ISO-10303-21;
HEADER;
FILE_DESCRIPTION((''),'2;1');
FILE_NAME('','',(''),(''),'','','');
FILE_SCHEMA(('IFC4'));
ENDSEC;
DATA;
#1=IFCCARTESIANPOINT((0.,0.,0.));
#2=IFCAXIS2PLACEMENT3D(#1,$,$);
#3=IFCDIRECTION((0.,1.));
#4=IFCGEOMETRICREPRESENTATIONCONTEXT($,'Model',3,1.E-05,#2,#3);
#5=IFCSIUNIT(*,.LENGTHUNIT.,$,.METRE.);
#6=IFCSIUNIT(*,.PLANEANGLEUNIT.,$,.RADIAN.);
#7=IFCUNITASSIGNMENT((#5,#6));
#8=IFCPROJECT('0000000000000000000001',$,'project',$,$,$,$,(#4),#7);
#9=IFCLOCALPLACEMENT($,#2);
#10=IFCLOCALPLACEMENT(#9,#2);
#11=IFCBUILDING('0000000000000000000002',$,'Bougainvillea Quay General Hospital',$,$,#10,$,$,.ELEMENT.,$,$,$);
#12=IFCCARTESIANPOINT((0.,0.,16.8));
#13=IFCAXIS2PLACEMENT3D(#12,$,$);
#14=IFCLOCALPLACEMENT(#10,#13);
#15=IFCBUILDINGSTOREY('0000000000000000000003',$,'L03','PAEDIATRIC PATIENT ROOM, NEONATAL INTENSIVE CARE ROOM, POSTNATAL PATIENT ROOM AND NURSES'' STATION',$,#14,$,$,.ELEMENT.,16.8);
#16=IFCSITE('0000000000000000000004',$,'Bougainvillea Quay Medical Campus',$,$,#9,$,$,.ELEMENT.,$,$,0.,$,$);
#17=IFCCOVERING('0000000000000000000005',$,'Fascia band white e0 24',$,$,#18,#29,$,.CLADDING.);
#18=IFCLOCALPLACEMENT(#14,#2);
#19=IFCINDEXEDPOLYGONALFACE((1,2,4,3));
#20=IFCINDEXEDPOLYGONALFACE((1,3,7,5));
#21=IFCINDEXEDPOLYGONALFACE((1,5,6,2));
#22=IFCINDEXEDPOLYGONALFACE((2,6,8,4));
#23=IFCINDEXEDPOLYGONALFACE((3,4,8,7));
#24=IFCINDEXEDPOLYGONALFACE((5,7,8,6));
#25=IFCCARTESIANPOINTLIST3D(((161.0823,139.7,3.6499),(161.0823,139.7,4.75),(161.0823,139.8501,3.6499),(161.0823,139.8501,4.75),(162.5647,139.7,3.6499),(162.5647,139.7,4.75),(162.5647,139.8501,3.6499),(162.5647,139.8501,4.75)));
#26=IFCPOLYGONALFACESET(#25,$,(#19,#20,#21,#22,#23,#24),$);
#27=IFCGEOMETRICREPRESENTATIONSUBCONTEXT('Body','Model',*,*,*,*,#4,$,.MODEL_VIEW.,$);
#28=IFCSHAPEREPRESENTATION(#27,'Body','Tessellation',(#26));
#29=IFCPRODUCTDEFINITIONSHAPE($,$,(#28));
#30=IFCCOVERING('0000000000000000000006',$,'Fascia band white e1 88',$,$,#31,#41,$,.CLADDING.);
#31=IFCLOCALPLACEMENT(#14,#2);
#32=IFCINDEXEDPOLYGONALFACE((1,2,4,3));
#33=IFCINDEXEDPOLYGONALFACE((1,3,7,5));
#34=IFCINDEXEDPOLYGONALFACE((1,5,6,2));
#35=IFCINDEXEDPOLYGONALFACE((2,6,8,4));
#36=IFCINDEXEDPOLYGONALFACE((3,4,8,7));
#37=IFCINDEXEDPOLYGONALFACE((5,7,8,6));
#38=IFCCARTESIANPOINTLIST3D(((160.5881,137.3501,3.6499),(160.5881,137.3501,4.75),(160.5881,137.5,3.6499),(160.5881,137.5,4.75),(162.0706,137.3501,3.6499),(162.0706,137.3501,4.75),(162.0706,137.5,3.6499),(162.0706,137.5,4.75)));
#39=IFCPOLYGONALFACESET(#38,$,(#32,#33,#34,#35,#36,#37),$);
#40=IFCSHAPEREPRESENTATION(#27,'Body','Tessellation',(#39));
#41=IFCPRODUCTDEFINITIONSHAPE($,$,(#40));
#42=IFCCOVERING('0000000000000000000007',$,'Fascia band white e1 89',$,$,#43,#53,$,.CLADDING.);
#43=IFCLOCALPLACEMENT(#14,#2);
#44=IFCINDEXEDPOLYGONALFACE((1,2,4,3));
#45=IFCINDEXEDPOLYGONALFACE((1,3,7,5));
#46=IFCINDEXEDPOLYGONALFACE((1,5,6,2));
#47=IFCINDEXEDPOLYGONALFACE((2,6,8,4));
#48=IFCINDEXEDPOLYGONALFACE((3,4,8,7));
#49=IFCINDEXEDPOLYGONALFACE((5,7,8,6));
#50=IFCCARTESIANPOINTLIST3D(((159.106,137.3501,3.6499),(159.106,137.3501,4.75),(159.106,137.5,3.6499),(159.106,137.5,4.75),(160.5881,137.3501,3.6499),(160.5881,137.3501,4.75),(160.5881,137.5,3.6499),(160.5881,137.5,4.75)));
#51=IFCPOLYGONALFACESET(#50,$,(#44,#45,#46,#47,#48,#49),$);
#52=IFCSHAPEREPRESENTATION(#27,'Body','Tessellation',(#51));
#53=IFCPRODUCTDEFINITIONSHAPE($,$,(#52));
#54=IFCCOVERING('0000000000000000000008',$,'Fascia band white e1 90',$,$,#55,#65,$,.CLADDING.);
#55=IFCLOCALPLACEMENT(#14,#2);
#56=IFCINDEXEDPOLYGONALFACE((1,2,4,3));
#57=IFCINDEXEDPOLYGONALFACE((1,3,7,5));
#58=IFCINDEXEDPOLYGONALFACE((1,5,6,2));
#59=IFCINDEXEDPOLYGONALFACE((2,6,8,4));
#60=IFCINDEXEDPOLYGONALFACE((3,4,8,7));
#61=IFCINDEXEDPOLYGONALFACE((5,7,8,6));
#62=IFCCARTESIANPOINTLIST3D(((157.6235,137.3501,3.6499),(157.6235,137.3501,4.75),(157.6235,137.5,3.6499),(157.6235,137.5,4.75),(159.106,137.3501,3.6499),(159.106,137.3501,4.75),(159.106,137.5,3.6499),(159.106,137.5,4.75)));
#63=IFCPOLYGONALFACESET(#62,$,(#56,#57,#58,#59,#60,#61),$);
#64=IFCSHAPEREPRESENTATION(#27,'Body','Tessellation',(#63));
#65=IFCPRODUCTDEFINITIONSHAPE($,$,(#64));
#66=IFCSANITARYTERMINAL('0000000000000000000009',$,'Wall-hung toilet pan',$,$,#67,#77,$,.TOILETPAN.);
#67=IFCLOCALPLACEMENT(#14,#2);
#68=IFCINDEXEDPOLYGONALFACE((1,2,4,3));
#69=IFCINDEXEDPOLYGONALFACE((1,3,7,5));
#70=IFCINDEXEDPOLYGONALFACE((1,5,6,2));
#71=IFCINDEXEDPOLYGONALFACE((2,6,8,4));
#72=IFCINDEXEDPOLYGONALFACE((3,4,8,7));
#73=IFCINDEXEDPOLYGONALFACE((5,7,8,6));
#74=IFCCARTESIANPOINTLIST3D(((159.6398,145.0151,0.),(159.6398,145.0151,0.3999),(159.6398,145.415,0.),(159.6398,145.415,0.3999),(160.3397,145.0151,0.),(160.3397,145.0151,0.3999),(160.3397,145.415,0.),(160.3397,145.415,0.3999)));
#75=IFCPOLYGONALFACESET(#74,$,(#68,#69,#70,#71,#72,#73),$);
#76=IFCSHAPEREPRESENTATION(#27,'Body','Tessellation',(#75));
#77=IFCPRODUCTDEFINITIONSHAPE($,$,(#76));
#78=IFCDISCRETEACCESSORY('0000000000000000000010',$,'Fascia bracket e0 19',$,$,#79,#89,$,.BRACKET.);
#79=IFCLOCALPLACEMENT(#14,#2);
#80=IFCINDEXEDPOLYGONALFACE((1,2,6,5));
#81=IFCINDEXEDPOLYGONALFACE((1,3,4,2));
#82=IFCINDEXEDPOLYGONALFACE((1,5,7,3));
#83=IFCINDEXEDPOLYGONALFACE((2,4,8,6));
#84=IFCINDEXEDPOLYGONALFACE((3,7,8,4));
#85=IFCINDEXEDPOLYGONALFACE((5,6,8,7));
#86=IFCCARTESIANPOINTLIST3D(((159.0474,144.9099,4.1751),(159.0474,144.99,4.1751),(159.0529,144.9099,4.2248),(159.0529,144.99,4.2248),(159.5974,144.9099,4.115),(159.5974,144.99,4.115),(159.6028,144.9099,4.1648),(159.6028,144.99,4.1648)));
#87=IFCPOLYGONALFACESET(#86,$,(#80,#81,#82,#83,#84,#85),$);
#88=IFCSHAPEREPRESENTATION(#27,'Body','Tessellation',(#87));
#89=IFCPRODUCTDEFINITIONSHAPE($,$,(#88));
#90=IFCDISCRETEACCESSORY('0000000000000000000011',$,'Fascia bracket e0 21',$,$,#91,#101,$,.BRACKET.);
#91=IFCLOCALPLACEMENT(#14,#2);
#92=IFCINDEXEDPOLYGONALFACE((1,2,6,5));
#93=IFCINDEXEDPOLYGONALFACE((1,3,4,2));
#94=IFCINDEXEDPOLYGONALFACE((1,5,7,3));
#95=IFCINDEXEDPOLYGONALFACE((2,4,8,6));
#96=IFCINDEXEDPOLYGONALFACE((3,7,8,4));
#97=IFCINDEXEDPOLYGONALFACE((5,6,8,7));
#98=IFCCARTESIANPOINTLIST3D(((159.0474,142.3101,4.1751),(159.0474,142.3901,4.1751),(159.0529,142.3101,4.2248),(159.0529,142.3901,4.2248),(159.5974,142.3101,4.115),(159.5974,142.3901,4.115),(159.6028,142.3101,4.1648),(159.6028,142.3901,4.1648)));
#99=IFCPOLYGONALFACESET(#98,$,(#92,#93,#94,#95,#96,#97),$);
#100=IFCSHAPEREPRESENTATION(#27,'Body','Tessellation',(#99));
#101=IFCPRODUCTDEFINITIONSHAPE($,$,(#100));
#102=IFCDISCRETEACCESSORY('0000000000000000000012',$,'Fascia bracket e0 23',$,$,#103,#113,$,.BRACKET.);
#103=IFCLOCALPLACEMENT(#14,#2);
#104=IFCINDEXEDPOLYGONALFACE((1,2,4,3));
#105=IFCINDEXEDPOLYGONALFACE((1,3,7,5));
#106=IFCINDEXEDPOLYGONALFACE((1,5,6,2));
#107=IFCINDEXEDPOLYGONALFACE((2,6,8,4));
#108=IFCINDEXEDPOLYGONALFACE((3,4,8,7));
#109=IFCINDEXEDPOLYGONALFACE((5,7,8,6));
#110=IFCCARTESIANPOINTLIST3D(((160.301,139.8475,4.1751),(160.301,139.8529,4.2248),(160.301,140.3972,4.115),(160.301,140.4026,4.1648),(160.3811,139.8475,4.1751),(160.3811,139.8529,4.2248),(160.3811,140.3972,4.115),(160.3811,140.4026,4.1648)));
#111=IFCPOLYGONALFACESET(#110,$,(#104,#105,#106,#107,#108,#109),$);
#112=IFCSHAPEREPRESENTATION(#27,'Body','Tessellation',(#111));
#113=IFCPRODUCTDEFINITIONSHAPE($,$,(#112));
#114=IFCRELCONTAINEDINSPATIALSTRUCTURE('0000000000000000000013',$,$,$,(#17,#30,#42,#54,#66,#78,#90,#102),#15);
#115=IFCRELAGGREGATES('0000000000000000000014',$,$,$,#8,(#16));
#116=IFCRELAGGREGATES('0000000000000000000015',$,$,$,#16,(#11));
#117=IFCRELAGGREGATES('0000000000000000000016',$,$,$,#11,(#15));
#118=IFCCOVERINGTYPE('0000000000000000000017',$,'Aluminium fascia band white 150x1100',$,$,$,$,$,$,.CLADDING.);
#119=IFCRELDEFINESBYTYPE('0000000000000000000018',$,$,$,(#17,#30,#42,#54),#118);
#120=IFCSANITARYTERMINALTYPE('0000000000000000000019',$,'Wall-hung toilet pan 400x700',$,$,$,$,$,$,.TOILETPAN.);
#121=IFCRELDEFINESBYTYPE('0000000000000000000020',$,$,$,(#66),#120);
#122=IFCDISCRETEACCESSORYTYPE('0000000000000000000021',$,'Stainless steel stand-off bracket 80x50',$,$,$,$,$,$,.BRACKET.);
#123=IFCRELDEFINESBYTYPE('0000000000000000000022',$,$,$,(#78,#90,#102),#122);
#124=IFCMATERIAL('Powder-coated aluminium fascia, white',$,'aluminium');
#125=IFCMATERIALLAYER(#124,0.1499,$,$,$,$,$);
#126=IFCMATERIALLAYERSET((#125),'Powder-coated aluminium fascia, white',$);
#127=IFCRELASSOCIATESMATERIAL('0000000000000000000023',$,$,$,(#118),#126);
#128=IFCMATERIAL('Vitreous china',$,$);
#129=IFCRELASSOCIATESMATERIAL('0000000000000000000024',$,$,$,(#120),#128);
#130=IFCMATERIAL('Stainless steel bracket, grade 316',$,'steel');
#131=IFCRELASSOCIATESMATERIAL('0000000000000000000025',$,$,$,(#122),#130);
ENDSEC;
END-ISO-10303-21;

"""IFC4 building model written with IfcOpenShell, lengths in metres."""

from ifc_helpers import new_model, si_unit, direction, frame, origin, origin_2d, place, context, subcontext, project, spatial, polyline, rectangle, outline, extrude, material, layer, layer_set, material_profile, profile_set, type_object, element, save


model = new_model("IFC4")

# Units and contexts
model_context = context("Model", 3, precision=1e-05, world=origin(), true_north=direction((0.0, 1.0)))
body_context = subcontext(model_context, "Body", "Model", "MODEL_VIEW")
ifc_project = project(units=[si_unit("LENGTHUNIT", "METRE"), si_unit("PLANEANGLEUNIT", "RADIAN")], contexts=[model_context])

# Site, building, storey
site_placement = place(None, origin())
site = spatial("IfcSite", under=ifc_project, at=site_placement, Name="Bougainvillea Quay Medical Campus", CompositionType="ELEMENT", RefElevation=0.0)
building_placement = place(site_placement, origin())
building = spatial("IfcBuilding", under=site, at=building_placement, Name="Bougainvillea Quay General Hospital", CompositionType="ELEMENT")
storey_placement = place(building_placement, frame((0.0, 0.0, 16.8)))
storey = spatial("IfcBuildingStorey", under=building, at=storey_placement, Name="L03", Description="PAEDIATRIC PATIENT ROOM, NEONATAL INTENSIVE CARE ROOM, POSTNATAL PATIENT ROOM AND NURSES' STATION", CompositionType="ELEMENT", Elevation=16.8)

# Coverings
ifc_material_1 = material(Name="Powder-coated aluminium fascia, white", Category="aluminium")
ifc_layer_1 = layer(ifc_material_1, 0.1499)
ifc_layer_set_1 = layer_set([ifc_layer_1], Name="Powder-coated aluminium fascia, white")
covering_type = type_object("IfcCoveringType", Name="Aluminium fascia band white 150x1100", PredefinedType="CLADDING", material=ifc_layer_set_1)
covering_1_placement = place(storey_placement, frame((161.0823, 139.8501, 3.6499), z_axis=(0.0, 0.0, 1.0), x_axis=(1.0, 0.0, 0.0)))
element("IfcCovering", 1, at=covering_1_placement, inside=storey, type_object=covering_type, Name="Fascia band white e0 24", PredefinedType="CLADDING", context=body_context, shape_type="SweptSolid", body=[
    extrude(outline(polyline([(0.0, 0.0), (1.4824, 0.0), (1.4824, -0.1501), (0.0, -0.1501), (0.0, 0.0)])), origin(), (0.0, 0.0, 1.0), 1.1001),
])
covering_2_placement = place(storey_placement, frame((162.0706, 137.3501, 3.6499), z_axis=(0.0, 0.0, 1.0), x_axis=(-1.0, 0.0, 0.0)))
element("IfcCovering", 2, at=covering_2_placement, inside=storey, type_object=covering_type, Name="Fascia band white e1 88", PredefinedType="CLADDING", context=body_context, shape_type="SweptSolid", body=[
    extrude(outline(polyline([(0.0, 0.0), (1.4824, 0.0), (1.4824, -0.1499), (0.0, -0.1499), (0.0, 0.0)])), origin(), (0.0, 0.0, 1.0), 1.1001),
])
covering_3_placement = place(storey_placement, frame((160.5881, 137.3501, 3.6499), z_axis=(0.0, 0.0, 1.0), x_axis=(-1.0, 0.0, 0.0)))
element("IfcCovering", 3, at=covering_3_placement, inside=storey, type_object=covering_type, Name="Fascia band white e1 89", PredefinedType="CLADDING", context=body_context, shape_type="SweptSolid", body=[
    extrude(outline(polyline([(0.0, 0.0), (1.4822, 0.0), (1.4822, -0.1499), (0.0, -0.1499), (0.0, 0.0)])), origin(), (0.0, 0.0, 1.0), 1.1001),
])
covering_4_placement = place(storey_placement, frame((159.106, 137.3501, 3.6499), z_axis=(0.0, 0.0, 1.0), x_axis=(-1.0, 0.0, 0.0)))
element("IfcCovering", 4, at=covering_4_placement, inside=storey, type_object=covering_type, Name="Fascia band white e1 90", PredefinedType="CLADDING", context=body_context, shape_type="SweptSolid", body=[
    extrude(outline(polyline([(0.0, 0.0), (1.4824, 0.0), (1.4824, -0.1499), (0.0, -0.1499), (0.0, 0.0)])), origin(), (0.0, 0.0, 1.0), 1.1001),
])

# Sanitary terminal
ifc_material_2 = material(Name="Vitreous china")
sanitary_terminal_type = type_object("IfcSanitaryTerminalType", Name="Wall-hung toilet pan 400x700", PredefinedType="TOILETPAN", material=ifc_material_2)
sanitary_terminal_placement = place(storey_placement, frame((159.9897, 145.2151, 0.0), z_axis=(0.0, 0.0, 1.0), x_axis=(0.0, 1.0, 0.0)))
element("IfcSanitaryTerminal", 5, at=sanitary_terminal_placement, inside=storey, type_object=sanitary_terminal_type, Name="Wall-hung toilet pan", PredefinedType="TOILETPAN", context=body_context, shape_type="SweptSolid", body=[
    extrude(rectangle(XDim=0.3999, YDim=0.7, at=origin_2d()), origin(), (0.0, 0.0, 1.0), 0.3999),
])

# Discrete accessories
ifc_material_3 = material(Name="Stainless steel bracket, grade 316", Category="steel")
ifc_material_profile_1 = material_profile(ifc_material_3, rectangle(XDim=0.0801, YDim=0.05, at=origin_2d()))
ifc_profile_set_1 = profile_set([ifc_material_profile_1], Name="Stainless steel bracket, grade 316")
discrete_accessory_type = type_object("IfcDiscreteAccessoryType", Name="Stainless steel stand-off bracket 80x50", PredefinedType="BRACKET", material=ifc_profile_set_1)
for number, where, z_axis, x_axis, name in (
    (6, (159.6001, 144.95, 4.1399), (-0.994092, 0.0, 0.108543), (0.0, -1.0, 0.0), "Fascia bracket e0 19"),
    (7, (159.6001, 142.3501, 4.1399), (-0.994092, 0.0, 0.108543), (0.0, -1.0, 0.0), "Fascia bracket e0 21"),
):
    element("IfcDiscreteAccessory", number, at=place(storey_placement, frame(where, z_axis=z_axis, x_axis=x_axis)), inside=storey, type_object=discrete_accessory_type, Name=name, PredefinedType="BRACKET", context=body_context, shape_type="SweptSolid", body=[
        extrude(rectangle(XDim=0.0801, YDim=0.05, at=origin_2d()), origin(), (0.0, 0.0, 1.0), 0.5532),
    ])
discrete_accessory_placement = place(storey_placement, frame((160.3411, 140.3999, 4.1399), z_axis=(0.0, -0.994087, 0.10859), x_axis=(1.0, 0.0, 0.0)))
element("IfcDiscreteAccessory", 8, at=discrete_accessory_placement, inside=storey, type_object=discrete_accessory_type, Name="Fascia bracket e0 23", PredefinedType="BRACKET", context=body_context, shape_type="SweptSolid", body=[
    extrude(rectangle(XDim=0.0801, YDim=0.05, at=origin_2d()), origin(), (0.0, 0.0, 1.0), 0.553),
])

save(model, "model.ifc")
